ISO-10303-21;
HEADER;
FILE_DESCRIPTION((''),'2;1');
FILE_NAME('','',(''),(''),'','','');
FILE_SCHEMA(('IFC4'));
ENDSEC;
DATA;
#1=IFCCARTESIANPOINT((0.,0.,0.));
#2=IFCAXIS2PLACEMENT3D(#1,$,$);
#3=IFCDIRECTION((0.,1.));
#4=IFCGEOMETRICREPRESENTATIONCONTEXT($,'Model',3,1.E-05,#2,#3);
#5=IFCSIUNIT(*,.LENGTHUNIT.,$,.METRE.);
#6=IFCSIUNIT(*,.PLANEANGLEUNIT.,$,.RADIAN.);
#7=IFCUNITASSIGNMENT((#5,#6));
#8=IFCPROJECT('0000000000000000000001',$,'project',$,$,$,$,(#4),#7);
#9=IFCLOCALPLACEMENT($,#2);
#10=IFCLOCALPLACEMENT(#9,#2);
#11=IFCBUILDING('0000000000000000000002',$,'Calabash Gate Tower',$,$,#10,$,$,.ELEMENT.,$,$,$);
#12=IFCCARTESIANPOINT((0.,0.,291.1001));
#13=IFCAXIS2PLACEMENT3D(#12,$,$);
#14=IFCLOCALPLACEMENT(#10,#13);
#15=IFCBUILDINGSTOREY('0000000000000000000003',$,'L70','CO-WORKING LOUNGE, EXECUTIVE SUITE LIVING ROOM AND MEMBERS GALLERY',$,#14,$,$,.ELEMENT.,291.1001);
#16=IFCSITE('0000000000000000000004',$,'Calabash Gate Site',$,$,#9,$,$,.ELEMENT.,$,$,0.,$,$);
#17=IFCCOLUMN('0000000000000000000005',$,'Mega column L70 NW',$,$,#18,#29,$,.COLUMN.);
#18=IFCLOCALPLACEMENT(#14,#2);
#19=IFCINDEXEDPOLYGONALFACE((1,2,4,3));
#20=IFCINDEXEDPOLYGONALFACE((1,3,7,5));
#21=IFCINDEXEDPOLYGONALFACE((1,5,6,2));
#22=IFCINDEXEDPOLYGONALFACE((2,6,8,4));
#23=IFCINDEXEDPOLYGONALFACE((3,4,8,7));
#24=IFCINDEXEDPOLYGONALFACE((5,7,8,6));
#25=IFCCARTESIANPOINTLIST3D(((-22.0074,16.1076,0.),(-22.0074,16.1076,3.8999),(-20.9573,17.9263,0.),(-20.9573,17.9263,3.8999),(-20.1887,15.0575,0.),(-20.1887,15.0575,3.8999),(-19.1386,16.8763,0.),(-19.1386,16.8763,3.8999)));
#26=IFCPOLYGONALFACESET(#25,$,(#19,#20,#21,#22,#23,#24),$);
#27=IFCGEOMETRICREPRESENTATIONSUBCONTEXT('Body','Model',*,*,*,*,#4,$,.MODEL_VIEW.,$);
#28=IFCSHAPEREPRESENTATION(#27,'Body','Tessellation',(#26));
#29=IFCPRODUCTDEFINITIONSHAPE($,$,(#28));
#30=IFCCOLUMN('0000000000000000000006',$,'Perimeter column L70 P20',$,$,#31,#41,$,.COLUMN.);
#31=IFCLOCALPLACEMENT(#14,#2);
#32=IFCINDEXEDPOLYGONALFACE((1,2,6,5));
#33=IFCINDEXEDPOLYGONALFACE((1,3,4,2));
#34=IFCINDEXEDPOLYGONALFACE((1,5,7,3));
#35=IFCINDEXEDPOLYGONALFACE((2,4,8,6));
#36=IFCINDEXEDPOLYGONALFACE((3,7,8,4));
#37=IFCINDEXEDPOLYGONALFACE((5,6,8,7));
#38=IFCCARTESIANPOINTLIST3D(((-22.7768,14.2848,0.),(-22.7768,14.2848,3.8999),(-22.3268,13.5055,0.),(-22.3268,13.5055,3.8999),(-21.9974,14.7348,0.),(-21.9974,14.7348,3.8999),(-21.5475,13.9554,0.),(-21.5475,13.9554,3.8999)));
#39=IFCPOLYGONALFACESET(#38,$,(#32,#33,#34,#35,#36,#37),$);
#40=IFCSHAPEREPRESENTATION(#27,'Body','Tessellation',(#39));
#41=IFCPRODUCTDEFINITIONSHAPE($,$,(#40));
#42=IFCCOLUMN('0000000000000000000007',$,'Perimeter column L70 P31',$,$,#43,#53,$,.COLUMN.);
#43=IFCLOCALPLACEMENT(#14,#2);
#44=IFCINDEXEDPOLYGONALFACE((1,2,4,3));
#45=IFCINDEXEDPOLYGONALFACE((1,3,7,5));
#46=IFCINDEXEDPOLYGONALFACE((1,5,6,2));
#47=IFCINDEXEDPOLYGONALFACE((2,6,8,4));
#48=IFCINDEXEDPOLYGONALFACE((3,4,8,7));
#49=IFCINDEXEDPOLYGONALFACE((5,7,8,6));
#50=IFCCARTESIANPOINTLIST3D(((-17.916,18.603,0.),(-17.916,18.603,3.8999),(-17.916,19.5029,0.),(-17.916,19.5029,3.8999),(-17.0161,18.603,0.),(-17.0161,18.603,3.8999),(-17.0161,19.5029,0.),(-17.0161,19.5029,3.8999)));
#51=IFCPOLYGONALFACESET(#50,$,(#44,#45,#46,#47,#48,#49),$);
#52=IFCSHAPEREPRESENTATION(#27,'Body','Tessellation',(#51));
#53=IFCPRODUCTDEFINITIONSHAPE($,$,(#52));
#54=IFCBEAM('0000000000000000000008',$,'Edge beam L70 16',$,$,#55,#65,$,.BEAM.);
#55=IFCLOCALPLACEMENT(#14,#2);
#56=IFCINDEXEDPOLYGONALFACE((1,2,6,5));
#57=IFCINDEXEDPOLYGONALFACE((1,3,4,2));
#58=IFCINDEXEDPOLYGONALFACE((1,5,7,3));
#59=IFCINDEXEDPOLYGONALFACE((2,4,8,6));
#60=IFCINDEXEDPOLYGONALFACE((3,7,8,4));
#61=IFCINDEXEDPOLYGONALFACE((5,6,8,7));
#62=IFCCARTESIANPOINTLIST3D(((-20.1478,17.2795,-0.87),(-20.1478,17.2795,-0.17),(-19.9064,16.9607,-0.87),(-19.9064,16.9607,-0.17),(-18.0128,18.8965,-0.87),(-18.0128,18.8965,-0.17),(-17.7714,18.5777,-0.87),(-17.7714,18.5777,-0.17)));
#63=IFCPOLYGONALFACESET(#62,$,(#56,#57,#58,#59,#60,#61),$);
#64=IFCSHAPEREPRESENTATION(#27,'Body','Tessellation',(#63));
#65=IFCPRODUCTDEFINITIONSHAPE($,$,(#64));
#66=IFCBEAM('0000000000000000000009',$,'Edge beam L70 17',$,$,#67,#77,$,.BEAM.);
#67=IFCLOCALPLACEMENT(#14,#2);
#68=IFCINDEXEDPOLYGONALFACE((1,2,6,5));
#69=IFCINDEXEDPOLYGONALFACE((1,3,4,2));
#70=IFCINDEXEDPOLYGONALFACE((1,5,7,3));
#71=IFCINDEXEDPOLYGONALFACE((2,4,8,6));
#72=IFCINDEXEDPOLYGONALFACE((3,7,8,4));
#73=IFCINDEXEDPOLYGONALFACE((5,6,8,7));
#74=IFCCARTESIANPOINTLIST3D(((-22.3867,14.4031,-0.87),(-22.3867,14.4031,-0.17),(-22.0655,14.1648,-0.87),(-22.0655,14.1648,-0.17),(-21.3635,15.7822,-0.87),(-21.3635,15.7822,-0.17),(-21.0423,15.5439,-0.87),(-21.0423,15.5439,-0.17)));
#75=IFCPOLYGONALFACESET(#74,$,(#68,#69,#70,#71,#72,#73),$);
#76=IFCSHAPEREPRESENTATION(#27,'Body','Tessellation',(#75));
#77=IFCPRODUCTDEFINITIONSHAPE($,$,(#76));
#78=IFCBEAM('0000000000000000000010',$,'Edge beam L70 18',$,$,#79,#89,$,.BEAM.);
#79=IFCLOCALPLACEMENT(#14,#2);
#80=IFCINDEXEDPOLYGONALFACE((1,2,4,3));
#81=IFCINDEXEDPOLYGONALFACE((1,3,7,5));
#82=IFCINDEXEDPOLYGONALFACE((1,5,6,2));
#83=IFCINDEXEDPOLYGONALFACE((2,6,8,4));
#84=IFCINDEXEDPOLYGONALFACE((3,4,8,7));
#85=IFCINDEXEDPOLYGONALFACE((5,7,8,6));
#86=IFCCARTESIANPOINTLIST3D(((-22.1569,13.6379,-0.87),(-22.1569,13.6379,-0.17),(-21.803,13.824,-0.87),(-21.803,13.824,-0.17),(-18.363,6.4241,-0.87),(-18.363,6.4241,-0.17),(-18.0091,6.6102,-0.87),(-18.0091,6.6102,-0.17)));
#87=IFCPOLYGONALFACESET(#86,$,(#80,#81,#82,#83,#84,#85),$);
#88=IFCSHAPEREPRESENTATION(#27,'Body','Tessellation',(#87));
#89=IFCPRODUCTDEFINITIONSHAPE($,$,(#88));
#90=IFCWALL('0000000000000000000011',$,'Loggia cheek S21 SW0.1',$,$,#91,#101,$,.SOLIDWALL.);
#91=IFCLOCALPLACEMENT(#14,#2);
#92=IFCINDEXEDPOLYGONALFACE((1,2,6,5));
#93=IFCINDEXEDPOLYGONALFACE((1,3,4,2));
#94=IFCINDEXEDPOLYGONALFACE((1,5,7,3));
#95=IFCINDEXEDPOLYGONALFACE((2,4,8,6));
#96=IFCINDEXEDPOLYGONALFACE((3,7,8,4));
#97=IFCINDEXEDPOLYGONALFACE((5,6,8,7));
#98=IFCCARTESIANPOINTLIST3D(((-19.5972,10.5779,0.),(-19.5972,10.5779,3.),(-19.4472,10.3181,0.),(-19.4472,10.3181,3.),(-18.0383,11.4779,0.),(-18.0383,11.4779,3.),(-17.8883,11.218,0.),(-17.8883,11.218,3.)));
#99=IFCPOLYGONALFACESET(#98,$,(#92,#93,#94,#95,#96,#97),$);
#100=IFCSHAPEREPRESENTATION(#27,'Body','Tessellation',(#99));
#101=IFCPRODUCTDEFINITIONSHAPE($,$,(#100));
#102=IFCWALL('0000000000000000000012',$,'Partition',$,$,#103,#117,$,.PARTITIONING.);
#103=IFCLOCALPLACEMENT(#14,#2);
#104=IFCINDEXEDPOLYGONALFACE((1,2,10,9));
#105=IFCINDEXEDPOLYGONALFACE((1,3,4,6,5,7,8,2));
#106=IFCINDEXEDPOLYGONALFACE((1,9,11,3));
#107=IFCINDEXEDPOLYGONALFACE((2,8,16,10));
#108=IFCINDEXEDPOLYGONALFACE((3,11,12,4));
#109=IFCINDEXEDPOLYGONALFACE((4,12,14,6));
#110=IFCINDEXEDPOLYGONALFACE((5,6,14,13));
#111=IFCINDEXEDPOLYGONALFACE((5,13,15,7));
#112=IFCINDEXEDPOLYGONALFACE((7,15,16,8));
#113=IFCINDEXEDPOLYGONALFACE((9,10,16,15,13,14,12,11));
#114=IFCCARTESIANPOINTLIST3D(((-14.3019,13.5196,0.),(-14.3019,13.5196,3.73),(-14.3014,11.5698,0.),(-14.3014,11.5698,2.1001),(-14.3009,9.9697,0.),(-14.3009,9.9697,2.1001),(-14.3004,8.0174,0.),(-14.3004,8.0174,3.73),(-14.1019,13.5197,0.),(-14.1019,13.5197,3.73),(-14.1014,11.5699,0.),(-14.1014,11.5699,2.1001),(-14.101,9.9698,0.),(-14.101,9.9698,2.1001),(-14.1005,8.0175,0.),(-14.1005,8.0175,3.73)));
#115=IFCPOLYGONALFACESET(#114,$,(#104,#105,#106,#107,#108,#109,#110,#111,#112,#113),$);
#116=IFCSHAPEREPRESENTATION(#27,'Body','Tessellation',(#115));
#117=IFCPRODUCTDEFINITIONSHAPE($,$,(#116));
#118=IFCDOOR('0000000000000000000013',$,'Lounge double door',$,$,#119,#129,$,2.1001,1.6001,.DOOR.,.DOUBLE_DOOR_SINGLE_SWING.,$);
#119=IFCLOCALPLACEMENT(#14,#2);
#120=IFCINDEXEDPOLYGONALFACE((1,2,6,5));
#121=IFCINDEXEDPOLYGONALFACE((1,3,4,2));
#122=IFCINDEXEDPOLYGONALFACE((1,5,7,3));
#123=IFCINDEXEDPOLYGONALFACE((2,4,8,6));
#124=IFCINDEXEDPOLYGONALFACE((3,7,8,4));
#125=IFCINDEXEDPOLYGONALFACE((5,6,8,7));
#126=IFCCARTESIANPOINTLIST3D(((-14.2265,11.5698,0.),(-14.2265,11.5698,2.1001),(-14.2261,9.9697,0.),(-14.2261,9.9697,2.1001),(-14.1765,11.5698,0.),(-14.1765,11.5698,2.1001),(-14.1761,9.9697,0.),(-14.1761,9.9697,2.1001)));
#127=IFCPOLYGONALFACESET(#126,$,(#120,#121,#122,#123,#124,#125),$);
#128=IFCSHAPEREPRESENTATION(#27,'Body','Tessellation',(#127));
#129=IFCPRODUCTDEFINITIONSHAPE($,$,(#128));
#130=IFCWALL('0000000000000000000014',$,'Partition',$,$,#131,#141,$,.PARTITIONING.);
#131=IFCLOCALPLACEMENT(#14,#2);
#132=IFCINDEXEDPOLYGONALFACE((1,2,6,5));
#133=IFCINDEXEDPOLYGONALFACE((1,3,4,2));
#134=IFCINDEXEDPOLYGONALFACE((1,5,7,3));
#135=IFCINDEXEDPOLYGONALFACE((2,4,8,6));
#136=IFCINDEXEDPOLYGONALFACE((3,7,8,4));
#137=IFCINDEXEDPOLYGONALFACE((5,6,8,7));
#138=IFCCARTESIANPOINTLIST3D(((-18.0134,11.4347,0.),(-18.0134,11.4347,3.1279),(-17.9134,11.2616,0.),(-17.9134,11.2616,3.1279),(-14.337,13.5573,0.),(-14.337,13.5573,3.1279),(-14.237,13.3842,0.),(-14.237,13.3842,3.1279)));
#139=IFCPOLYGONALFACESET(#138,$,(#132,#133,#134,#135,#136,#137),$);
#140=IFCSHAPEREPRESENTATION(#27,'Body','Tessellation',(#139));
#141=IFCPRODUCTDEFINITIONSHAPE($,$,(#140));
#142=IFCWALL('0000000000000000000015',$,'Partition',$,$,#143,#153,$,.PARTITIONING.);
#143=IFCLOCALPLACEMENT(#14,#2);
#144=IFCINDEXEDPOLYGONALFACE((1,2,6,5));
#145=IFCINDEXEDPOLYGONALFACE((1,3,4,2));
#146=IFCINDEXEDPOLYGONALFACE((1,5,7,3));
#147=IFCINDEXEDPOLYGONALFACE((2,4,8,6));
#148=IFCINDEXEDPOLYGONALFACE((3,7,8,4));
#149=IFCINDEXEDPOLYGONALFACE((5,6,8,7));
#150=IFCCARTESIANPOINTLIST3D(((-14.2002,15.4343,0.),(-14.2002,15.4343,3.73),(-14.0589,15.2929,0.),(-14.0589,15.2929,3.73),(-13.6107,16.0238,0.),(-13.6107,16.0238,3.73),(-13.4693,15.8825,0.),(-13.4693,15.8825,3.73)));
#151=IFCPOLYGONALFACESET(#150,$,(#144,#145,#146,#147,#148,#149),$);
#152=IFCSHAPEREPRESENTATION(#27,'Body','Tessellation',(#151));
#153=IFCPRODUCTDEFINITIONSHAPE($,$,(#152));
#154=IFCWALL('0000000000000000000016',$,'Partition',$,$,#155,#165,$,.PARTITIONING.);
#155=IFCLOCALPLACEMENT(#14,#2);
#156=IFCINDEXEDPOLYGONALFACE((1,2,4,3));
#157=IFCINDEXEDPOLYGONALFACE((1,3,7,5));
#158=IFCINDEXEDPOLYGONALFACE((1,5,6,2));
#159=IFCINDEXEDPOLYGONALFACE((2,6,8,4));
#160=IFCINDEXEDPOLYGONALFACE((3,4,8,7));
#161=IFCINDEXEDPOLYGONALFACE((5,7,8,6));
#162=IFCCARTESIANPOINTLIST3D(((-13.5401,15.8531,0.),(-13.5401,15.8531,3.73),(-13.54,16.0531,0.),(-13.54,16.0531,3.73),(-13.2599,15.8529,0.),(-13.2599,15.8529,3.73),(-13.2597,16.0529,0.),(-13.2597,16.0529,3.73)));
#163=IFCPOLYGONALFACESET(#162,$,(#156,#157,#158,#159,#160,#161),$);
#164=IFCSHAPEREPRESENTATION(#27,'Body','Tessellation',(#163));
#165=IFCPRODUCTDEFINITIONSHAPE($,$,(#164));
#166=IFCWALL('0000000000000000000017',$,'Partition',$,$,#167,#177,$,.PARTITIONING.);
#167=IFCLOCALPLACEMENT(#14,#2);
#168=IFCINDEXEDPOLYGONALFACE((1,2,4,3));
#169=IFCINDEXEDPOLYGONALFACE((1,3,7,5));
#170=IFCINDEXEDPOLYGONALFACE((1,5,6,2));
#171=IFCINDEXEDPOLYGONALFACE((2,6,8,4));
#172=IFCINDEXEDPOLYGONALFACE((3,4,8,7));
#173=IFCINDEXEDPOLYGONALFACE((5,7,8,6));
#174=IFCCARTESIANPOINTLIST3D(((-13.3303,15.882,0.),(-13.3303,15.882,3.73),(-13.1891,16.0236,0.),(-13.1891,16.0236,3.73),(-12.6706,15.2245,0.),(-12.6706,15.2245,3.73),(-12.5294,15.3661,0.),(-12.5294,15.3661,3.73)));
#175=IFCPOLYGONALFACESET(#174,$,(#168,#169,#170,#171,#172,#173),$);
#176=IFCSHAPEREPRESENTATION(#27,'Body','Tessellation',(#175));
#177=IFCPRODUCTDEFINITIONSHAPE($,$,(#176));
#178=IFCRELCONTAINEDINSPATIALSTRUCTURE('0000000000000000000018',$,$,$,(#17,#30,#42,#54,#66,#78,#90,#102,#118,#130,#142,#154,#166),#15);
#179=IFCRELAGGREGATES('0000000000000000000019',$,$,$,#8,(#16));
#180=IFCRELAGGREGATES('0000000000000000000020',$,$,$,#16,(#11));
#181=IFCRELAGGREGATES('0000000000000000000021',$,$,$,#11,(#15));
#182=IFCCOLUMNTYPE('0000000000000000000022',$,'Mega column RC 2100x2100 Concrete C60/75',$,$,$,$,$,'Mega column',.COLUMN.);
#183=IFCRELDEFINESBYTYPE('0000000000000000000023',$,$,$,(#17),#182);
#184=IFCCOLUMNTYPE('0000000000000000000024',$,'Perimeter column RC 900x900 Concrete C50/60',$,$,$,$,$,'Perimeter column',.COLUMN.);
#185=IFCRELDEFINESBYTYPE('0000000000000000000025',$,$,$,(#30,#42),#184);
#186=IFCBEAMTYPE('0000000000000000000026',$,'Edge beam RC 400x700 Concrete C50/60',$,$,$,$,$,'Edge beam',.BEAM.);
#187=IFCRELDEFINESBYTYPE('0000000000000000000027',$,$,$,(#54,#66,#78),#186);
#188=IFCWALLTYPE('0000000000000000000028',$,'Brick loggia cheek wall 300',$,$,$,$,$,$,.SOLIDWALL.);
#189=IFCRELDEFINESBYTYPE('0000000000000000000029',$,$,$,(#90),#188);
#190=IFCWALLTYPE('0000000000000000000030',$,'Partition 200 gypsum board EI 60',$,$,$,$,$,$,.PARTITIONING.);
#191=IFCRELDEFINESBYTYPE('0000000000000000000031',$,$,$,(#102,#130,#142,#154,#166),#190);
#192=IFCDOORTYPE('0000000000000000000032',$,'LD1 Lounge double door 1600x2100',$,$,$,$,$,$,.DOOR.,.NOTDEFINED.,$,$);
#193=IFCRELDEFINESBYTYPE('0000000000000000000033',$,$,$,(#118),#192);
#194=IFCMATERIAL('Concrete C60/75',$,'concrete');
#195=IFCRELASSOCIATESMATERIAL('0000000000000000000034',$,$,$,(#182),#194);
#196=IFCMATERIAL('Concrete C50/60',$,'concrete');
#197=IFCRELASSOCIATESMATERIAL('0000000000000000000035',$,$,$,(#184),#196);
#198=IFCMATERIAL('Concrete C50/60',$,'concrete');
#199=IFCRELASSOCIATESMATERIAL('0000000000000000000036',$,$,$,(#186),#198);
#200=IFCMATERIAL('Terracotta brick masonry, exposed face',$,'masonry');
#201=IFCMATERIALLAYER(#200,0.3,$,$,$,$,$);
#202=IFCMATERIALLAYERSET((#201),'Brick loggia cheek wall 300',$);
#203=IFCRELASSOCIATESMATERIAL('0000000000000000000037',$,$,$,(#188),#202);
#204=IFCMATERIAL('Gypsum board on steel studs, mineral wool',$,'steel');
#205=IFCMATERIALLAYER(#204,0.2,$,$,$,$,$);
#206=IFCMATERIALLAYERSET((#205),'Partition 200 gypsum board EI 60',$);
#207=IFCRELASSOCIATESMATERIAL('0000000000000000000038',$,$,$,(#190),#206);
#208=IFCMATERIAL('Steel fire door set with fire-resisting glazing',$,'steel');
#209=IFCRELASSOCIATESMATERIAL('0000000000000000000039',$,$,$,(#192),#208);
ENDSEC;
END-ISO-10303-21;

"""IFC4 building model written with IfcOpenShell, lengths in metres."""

from ifc_helpers import new_model, si_unit, direction, frame, frame_2d, origin, origin_2d, place, context, subcontext, project, spatial, rectangle, extrude, material, layer, layer_set, material_profile, profile_set, type_object, element, fill, save


model = new_model("IFC4")

# Units and contexts
model_context = context("Model", 3, precision=1e-05, world=origin(), true_north=direction((0.0, 1.0)))
body_context = subcontext(model_context, "Body", "Model", "MODEL_VIEW")
ifc_project = project(units=[si_unit("LENGTHUNIT", "METRE"), si_unit("PLANEANGLEUNIT", "RADIAN")], contexts=[model_context])

# Site, building, storey
site_placement = place(None, origin())
site = spatial("IfcSite", under=ifc_project, at=site_placement, Name="Calabash Gate Site", CompositionType="ELEMENT", RefElevation=0.0)
building_placement = place(site_placement, origin())
building = spatial("IfcBuilding", under=site, at=building_placement, Name="Calabash Gate Tower", CompositionType="ELEMENT")
storey_placement = place(building_placement, frame((0.0, 0.0, 291.1001)))
storey = spatial("IfcBuildingStorey", under=building, at=storey_placement, Name="L70", Description="CO-WORKING LOUNGE, EXECUTIVE SUITE LIVING ROOM AND MEMBERS GALLERY", CompositionType="ELEMENT", Elevation=291.1001)

# Columns
ifc_material_1 = material(Name="Concrete C60/75", Category="concrete")
ifc_material_profile_1 = material_profile(ifc_material_1, rectangle(XDim=2.1001, YDim=2.1001, at=origin_2d()))
ifc_profile_set_1 = profile_set([ifc_material_profile_1], Name="Concrete C60/75")
column_type_1 = type_object("IfcColumnType", Name="Mega column RC 2100x2100 Concrete C60/75", ElementType="Mega column", PredefinedType="COLUMN", material=ifc_profile_set_1)
column_placement = place(storey_placement, frame((-20.573, 16.4919, 0.0), z_axis=(0.0, 0.0, 1.0), x_axis=(0.866025, -0.5, 0.0)))
element("IfcColumn", 1, at=column_placement, inside=storey, type_object=column_type_1, Name="Mega column L70 NW", PredefinedType="COLUMN", context=body_context, shape_type="SweptSolid", body=[
    extrude(rectangle(XDim=2.1001, YDim=2.1001, at=origin_2d()), origin(), (0.0, 0.0, 1.0), 3.8999),
])
ifc_material_2 = material(Name="Concrete C50/60", Category="concrete")
ifc_material_profile_2 = material_profile(ifc_material_2, rectangle(XDim=0.8999, YDim=0.8999, at=origin_2d()))
ifc_profile_set_2 = profile_set([ifc_material_profile_2], Name="Concrete C50/60")
column_type_2 = type_object("IfcColumnType", Name="Perimeter column RC 900x900 Concrete C50/60", ElementType="Perimeter column", PredefinedType="COLUMN", material=ifc_profile_set_2)
for number, where, z_axis, x_axis, name in (
    (2, (-22.1621, 14.1201, 0.0), (0.0, 0.0, 1.0), (0.5, -0.866025, 0.0), "Perimeter column L70 P20"),
    (3, (-17.4661, 19.053, 0.0), (0.0, 0.0, 1.0), (-1.0, 0.0, 0.0), "Perimeter column L70 P31"),
):
    element("IfcColumn", number, at=place(storey_placement, frame(where, z_axis=z_axis, x_axis=x_axis)), inside=storey, type_object=column_type_2, Name=name, PredefinedType="COLUMN", context=body_context, shape_type="SweptSolid", body=[
        extrude(rectangle(XDim=0.8999, YDim=0.8999, at=origin_2d()), origin(), (0.0, 0.0, 1.0), 3.8999),
    ])

# Beams
ifc_material_3 = material(Name="Concrete C50/60", Category="concrete")
ifc_material_profile_3 = material_profile(ifc_material_3, rectangle(XDim=0.3999, YDim=0.7, at=origin_2d()))
ifc_profile_set_3 = profile_set([ifc_material_profile_3], Name="Concrete C50/60")
beam_type = type_object("IfcBeamType", Name="Edge beam RC 400x700 Concrete C50/60", ElementType="Edge beam", PredefinedType="BEAM", material=ifc_profile_set_3)
beam_1_placement = place(storey_placement, frame((-17.8921, 18.7371, -0.52), z_axis=(-0.79718, -0.603742, 0.0), x_axis=(0.603742, -0.79718, 0.0)))
element("IfcBeam", 4, at=beam_1_placement, inside=storey, type_object=beam_type, Name="Edge beam L70 16", PredefinedType="BEAM", context=body_context, shape_type="SweptSolid", body=[
    extrude(rectangle(XDim=0.3999, YDim=0.7, at=origin_2d()), origin(), (0.0, 0.0, 1.0), 2.6782),
])
beam_2_placement = place(storey_placement, frame((-21.2029, 15.6631, -0.52), z_axis=(-0.595829, -0.803111, 0.0), x_axis=(0.803111, -0.595829, 0.0)))
element("IfcBeam", 5, at=beam_2_placement, inside=storey, type_object=beam_type, Name="Edge beam L70 17", PredefinedType="BEAM", context=body_context, shape_type="SweptSolid", body=[
    extrude(rectangle(XDim=0.3999, YDim=0.7, at=origin_2d()), origin(), (0.0, 0.0, 1.0), 1.7173),
])
beam_3_placement = place(storey_placement, frame((-21.98, 13.731, -0.52), z_axis=(0.465475, -0.885061, 0.0), x_axis=(0.885061, 0.465475, 0.0)))
element("IfcBeam", 6, at=beam_3_placement, inside=storey, type_object=beam_type, Name="Edge beam L70 18", PredefinedType="BEAM", context=body_context, shape_type="SweptSolid", body=[
    extrude(rectangle(XDim=0.3999, YDim=0.7, at=origin_2d()), origin(), (0.0, 0.0, 1.0), 8.1506),
])

# Wall
ifc_material_4 = material(Name="Terracotta brick masonry, exposed face", Category="masonry")
ifc_layer_1 = layer(ifc_material_4, 0.3)
ifc_layer_set_1 = layer_set([ifc_layer_1], Name="Brick loggia cheek wall 300")
wall_type_1 = type_object("IfcWallType", Name="Brick loggia cheek wall 300", PredefinedType="SOLIDWALL", material=ifc_layer_set_1)
wall_1_placement = place(storey_placement, frame((-17.9634, 11.3479, 0.0), z_axis=(0.0, 0.0, 1.0), x_axis=(-0.866048, -0.499961, 0.0)))
element("IfcWall", 7, at=wall_1_placement, inside=storey, type_object=wall_type_1, Name="Loggia cheek S21 SW0.1", PredefinedType="SOLIDWALL", context=body_context, shape_type="SweptSolid", body=[
    extrude(rectangle(XDim=1.8, YDim=0.3, at=frame_2d((0.8999, 0.0))), origin(), (0.0, 0.0, 1.0), 3.0),
])

# Wall, opening, door
ifc_material_5 = material(Name="Gypsum board on steel studs, mineral wool", Category="steel")
ifc_layer_2 = layer(ifc_material_5, 0.2)
ifc_layer_set_2 = layer_set([ifc_layer_2], Name="Partition 200 gypsum board EI 60")
wall_type_2 = type_object("IfcWallType", Name="Partition 200 gypsum board EI 60", PredefinedType="PARTITIONING", material=ifc_layer_set_2)
wall_2_placement = place(storey_placement, frame((-14.2019, 13.5195, 0.0), z_axis=(0.0, 0.0, 1.0), x_axis=(0.000266, -1.0, 0.0)))
wall_2 = element("IfcWall", 8, at=wall_2_placement, inside=storey, type_object=wall_type_2, Name="Partition", PredefinedType="PARTITIONING", context=body_context, shape_type="SweptSolid", body=[
    extrude(rectangle(XDim=5.5022, YDim=0.2, at=frame_2d((2.751, 0.0))), origin(), (0.0, 0.0, 1.0), 3.73),
])
opening_1_placement = place(wall_2_placement, frame((1.9497, 0.0, 0.0)))
opening_1 = element("IfcOpeningElement", 9, at=opening_1_placement, cuts=wall_2, PredefinedType="OPENING", context=body_context, shape_type="SweptSolid", body=[
    extrude(rectangle(XDim=1.6001, YDim=2.1001, at=frame_2d((0.8, 1.05))), frame((0.0, 0.1099, 0.0), z_axis=(0.0, -1.0, 0.0), x_axis=(1.0, 0.0, 0.0)), (0.0, 0.0, 1.0), 0.22),
])
ifc_material_6 = material(Name="Steel fire door set with fire-resisting glazing", Category="steel")
door_type_1 = type_object("IfcDoorType", Name="LD1 Lounge double door 1600x2100", OperationType="NOTDEFINED", PredefinedType="DOOR", material=ifc_material_6)
door_1_placement = place(opening_1_placement, origin())
door_1 = element("IfcDoor", 10, at=door_1_placement, inside=storey, type_object=door_type_1, Name="Lounge double door", OperationType="DOUBLE_DOOR_SINGLE_SWING", OverallHeight=2.1001, OverallWidth=1.6001, PredefinedType="DOOR", context=body_context, shape_type="SweptSolid", body=[
    extrude(rectangle(XDim=1.6001, YDim=2.1001, at=frame_2d((0.8, 1.05))), frame((0.0, 0.0249, 0.0), z_axis=(0.0, -1.0, 0.0), x_axis=(1.0, 0.0, 0.0)), (0.0, 0.0, 1.0), 0.05),
])
fill(opening_1, door_1)

# Wall
wall_3_placement = place(storey_placement, frame((-17.9634, 11.3481, 0.0), z_axis=(0.0, 0.0, 1.0), x_axis=(0.866019, 0.500011, 0.0)))
element("IfcWall", 11, at=wall_3_placement, inside=storey, type_object=wall_type_2, Name="Partition", PredefinedType="PARTITIONING", context=body_context, shape_type="SweptSolid", body=[
    extrude(rectangle(XDim=4.2451, YDim=0.2, at=frame_2d((2.1226, 0.0))), origin(), (0.0, 0.0, 1.0), 3.1279),
])

# Walls
wall_4_placement = place(storey_placement, frame((-14.1296, 15.3635, 0.0), z_axis=(0.0, 0.0, 1.0), x_axis=(0.707107, 0.707107, 0.0)))
element("IfcWall", 12, at=wall_4_placement, inside=storey, type_object=wall_type_2, Name="Partition", PredefinedType="PARTITIONING", context=body_context, shape_type="SweptSolid", body=[
    extrude(rectangle(XDim=0.8337, YDim=0.2, at=frame_2d((0.417, 0.0))), origin(), (0.0, 0.0, 1.0), 3.73),
])
wall_5_placement = place(storey_placement, frame((-13.54, 15.9531, 0.0), z_axis=(0.0, 0.0, 1.0), x_axis=(1.0, -0.000871, 0.0)))
element("IfcWall", 13, at=wall_5_placement, inside=storey, type_object=wall_type_2, Name="Partition", PredefinedType="PARTITIONING", context=body_context, shape_type="SweptSolid", body=[
    extrude(rectangle(XDim=0.2803, YDim=0.2, at=frame_2d((0.1401, 0.0))), origin(), (0.0, 0.0, 1.0), 3.73),
])
wall_6_placement = place(storey_placement, frame((-13.2598, 15.9529, 0.0), z_axis=(0.0, 0.0, 1.0), x_axis=(0.708285, -0.705926, 0.0)))
element("IfcWall", 14, at=wall_6_placement, inside=storey, type_object=wall_type_2, Name="Partition", PredefinedType="PARTITIONING", context=body_context, shape_type="SweptSolid", body=[
    extrude(rectangle(XDim=0.9314, YDim=0.2, at=frame_2d((0.4658, 0.0))), origin(), (0.0, 0.0, 1.0), 3.73),
])

save(model, "model.ifc")
